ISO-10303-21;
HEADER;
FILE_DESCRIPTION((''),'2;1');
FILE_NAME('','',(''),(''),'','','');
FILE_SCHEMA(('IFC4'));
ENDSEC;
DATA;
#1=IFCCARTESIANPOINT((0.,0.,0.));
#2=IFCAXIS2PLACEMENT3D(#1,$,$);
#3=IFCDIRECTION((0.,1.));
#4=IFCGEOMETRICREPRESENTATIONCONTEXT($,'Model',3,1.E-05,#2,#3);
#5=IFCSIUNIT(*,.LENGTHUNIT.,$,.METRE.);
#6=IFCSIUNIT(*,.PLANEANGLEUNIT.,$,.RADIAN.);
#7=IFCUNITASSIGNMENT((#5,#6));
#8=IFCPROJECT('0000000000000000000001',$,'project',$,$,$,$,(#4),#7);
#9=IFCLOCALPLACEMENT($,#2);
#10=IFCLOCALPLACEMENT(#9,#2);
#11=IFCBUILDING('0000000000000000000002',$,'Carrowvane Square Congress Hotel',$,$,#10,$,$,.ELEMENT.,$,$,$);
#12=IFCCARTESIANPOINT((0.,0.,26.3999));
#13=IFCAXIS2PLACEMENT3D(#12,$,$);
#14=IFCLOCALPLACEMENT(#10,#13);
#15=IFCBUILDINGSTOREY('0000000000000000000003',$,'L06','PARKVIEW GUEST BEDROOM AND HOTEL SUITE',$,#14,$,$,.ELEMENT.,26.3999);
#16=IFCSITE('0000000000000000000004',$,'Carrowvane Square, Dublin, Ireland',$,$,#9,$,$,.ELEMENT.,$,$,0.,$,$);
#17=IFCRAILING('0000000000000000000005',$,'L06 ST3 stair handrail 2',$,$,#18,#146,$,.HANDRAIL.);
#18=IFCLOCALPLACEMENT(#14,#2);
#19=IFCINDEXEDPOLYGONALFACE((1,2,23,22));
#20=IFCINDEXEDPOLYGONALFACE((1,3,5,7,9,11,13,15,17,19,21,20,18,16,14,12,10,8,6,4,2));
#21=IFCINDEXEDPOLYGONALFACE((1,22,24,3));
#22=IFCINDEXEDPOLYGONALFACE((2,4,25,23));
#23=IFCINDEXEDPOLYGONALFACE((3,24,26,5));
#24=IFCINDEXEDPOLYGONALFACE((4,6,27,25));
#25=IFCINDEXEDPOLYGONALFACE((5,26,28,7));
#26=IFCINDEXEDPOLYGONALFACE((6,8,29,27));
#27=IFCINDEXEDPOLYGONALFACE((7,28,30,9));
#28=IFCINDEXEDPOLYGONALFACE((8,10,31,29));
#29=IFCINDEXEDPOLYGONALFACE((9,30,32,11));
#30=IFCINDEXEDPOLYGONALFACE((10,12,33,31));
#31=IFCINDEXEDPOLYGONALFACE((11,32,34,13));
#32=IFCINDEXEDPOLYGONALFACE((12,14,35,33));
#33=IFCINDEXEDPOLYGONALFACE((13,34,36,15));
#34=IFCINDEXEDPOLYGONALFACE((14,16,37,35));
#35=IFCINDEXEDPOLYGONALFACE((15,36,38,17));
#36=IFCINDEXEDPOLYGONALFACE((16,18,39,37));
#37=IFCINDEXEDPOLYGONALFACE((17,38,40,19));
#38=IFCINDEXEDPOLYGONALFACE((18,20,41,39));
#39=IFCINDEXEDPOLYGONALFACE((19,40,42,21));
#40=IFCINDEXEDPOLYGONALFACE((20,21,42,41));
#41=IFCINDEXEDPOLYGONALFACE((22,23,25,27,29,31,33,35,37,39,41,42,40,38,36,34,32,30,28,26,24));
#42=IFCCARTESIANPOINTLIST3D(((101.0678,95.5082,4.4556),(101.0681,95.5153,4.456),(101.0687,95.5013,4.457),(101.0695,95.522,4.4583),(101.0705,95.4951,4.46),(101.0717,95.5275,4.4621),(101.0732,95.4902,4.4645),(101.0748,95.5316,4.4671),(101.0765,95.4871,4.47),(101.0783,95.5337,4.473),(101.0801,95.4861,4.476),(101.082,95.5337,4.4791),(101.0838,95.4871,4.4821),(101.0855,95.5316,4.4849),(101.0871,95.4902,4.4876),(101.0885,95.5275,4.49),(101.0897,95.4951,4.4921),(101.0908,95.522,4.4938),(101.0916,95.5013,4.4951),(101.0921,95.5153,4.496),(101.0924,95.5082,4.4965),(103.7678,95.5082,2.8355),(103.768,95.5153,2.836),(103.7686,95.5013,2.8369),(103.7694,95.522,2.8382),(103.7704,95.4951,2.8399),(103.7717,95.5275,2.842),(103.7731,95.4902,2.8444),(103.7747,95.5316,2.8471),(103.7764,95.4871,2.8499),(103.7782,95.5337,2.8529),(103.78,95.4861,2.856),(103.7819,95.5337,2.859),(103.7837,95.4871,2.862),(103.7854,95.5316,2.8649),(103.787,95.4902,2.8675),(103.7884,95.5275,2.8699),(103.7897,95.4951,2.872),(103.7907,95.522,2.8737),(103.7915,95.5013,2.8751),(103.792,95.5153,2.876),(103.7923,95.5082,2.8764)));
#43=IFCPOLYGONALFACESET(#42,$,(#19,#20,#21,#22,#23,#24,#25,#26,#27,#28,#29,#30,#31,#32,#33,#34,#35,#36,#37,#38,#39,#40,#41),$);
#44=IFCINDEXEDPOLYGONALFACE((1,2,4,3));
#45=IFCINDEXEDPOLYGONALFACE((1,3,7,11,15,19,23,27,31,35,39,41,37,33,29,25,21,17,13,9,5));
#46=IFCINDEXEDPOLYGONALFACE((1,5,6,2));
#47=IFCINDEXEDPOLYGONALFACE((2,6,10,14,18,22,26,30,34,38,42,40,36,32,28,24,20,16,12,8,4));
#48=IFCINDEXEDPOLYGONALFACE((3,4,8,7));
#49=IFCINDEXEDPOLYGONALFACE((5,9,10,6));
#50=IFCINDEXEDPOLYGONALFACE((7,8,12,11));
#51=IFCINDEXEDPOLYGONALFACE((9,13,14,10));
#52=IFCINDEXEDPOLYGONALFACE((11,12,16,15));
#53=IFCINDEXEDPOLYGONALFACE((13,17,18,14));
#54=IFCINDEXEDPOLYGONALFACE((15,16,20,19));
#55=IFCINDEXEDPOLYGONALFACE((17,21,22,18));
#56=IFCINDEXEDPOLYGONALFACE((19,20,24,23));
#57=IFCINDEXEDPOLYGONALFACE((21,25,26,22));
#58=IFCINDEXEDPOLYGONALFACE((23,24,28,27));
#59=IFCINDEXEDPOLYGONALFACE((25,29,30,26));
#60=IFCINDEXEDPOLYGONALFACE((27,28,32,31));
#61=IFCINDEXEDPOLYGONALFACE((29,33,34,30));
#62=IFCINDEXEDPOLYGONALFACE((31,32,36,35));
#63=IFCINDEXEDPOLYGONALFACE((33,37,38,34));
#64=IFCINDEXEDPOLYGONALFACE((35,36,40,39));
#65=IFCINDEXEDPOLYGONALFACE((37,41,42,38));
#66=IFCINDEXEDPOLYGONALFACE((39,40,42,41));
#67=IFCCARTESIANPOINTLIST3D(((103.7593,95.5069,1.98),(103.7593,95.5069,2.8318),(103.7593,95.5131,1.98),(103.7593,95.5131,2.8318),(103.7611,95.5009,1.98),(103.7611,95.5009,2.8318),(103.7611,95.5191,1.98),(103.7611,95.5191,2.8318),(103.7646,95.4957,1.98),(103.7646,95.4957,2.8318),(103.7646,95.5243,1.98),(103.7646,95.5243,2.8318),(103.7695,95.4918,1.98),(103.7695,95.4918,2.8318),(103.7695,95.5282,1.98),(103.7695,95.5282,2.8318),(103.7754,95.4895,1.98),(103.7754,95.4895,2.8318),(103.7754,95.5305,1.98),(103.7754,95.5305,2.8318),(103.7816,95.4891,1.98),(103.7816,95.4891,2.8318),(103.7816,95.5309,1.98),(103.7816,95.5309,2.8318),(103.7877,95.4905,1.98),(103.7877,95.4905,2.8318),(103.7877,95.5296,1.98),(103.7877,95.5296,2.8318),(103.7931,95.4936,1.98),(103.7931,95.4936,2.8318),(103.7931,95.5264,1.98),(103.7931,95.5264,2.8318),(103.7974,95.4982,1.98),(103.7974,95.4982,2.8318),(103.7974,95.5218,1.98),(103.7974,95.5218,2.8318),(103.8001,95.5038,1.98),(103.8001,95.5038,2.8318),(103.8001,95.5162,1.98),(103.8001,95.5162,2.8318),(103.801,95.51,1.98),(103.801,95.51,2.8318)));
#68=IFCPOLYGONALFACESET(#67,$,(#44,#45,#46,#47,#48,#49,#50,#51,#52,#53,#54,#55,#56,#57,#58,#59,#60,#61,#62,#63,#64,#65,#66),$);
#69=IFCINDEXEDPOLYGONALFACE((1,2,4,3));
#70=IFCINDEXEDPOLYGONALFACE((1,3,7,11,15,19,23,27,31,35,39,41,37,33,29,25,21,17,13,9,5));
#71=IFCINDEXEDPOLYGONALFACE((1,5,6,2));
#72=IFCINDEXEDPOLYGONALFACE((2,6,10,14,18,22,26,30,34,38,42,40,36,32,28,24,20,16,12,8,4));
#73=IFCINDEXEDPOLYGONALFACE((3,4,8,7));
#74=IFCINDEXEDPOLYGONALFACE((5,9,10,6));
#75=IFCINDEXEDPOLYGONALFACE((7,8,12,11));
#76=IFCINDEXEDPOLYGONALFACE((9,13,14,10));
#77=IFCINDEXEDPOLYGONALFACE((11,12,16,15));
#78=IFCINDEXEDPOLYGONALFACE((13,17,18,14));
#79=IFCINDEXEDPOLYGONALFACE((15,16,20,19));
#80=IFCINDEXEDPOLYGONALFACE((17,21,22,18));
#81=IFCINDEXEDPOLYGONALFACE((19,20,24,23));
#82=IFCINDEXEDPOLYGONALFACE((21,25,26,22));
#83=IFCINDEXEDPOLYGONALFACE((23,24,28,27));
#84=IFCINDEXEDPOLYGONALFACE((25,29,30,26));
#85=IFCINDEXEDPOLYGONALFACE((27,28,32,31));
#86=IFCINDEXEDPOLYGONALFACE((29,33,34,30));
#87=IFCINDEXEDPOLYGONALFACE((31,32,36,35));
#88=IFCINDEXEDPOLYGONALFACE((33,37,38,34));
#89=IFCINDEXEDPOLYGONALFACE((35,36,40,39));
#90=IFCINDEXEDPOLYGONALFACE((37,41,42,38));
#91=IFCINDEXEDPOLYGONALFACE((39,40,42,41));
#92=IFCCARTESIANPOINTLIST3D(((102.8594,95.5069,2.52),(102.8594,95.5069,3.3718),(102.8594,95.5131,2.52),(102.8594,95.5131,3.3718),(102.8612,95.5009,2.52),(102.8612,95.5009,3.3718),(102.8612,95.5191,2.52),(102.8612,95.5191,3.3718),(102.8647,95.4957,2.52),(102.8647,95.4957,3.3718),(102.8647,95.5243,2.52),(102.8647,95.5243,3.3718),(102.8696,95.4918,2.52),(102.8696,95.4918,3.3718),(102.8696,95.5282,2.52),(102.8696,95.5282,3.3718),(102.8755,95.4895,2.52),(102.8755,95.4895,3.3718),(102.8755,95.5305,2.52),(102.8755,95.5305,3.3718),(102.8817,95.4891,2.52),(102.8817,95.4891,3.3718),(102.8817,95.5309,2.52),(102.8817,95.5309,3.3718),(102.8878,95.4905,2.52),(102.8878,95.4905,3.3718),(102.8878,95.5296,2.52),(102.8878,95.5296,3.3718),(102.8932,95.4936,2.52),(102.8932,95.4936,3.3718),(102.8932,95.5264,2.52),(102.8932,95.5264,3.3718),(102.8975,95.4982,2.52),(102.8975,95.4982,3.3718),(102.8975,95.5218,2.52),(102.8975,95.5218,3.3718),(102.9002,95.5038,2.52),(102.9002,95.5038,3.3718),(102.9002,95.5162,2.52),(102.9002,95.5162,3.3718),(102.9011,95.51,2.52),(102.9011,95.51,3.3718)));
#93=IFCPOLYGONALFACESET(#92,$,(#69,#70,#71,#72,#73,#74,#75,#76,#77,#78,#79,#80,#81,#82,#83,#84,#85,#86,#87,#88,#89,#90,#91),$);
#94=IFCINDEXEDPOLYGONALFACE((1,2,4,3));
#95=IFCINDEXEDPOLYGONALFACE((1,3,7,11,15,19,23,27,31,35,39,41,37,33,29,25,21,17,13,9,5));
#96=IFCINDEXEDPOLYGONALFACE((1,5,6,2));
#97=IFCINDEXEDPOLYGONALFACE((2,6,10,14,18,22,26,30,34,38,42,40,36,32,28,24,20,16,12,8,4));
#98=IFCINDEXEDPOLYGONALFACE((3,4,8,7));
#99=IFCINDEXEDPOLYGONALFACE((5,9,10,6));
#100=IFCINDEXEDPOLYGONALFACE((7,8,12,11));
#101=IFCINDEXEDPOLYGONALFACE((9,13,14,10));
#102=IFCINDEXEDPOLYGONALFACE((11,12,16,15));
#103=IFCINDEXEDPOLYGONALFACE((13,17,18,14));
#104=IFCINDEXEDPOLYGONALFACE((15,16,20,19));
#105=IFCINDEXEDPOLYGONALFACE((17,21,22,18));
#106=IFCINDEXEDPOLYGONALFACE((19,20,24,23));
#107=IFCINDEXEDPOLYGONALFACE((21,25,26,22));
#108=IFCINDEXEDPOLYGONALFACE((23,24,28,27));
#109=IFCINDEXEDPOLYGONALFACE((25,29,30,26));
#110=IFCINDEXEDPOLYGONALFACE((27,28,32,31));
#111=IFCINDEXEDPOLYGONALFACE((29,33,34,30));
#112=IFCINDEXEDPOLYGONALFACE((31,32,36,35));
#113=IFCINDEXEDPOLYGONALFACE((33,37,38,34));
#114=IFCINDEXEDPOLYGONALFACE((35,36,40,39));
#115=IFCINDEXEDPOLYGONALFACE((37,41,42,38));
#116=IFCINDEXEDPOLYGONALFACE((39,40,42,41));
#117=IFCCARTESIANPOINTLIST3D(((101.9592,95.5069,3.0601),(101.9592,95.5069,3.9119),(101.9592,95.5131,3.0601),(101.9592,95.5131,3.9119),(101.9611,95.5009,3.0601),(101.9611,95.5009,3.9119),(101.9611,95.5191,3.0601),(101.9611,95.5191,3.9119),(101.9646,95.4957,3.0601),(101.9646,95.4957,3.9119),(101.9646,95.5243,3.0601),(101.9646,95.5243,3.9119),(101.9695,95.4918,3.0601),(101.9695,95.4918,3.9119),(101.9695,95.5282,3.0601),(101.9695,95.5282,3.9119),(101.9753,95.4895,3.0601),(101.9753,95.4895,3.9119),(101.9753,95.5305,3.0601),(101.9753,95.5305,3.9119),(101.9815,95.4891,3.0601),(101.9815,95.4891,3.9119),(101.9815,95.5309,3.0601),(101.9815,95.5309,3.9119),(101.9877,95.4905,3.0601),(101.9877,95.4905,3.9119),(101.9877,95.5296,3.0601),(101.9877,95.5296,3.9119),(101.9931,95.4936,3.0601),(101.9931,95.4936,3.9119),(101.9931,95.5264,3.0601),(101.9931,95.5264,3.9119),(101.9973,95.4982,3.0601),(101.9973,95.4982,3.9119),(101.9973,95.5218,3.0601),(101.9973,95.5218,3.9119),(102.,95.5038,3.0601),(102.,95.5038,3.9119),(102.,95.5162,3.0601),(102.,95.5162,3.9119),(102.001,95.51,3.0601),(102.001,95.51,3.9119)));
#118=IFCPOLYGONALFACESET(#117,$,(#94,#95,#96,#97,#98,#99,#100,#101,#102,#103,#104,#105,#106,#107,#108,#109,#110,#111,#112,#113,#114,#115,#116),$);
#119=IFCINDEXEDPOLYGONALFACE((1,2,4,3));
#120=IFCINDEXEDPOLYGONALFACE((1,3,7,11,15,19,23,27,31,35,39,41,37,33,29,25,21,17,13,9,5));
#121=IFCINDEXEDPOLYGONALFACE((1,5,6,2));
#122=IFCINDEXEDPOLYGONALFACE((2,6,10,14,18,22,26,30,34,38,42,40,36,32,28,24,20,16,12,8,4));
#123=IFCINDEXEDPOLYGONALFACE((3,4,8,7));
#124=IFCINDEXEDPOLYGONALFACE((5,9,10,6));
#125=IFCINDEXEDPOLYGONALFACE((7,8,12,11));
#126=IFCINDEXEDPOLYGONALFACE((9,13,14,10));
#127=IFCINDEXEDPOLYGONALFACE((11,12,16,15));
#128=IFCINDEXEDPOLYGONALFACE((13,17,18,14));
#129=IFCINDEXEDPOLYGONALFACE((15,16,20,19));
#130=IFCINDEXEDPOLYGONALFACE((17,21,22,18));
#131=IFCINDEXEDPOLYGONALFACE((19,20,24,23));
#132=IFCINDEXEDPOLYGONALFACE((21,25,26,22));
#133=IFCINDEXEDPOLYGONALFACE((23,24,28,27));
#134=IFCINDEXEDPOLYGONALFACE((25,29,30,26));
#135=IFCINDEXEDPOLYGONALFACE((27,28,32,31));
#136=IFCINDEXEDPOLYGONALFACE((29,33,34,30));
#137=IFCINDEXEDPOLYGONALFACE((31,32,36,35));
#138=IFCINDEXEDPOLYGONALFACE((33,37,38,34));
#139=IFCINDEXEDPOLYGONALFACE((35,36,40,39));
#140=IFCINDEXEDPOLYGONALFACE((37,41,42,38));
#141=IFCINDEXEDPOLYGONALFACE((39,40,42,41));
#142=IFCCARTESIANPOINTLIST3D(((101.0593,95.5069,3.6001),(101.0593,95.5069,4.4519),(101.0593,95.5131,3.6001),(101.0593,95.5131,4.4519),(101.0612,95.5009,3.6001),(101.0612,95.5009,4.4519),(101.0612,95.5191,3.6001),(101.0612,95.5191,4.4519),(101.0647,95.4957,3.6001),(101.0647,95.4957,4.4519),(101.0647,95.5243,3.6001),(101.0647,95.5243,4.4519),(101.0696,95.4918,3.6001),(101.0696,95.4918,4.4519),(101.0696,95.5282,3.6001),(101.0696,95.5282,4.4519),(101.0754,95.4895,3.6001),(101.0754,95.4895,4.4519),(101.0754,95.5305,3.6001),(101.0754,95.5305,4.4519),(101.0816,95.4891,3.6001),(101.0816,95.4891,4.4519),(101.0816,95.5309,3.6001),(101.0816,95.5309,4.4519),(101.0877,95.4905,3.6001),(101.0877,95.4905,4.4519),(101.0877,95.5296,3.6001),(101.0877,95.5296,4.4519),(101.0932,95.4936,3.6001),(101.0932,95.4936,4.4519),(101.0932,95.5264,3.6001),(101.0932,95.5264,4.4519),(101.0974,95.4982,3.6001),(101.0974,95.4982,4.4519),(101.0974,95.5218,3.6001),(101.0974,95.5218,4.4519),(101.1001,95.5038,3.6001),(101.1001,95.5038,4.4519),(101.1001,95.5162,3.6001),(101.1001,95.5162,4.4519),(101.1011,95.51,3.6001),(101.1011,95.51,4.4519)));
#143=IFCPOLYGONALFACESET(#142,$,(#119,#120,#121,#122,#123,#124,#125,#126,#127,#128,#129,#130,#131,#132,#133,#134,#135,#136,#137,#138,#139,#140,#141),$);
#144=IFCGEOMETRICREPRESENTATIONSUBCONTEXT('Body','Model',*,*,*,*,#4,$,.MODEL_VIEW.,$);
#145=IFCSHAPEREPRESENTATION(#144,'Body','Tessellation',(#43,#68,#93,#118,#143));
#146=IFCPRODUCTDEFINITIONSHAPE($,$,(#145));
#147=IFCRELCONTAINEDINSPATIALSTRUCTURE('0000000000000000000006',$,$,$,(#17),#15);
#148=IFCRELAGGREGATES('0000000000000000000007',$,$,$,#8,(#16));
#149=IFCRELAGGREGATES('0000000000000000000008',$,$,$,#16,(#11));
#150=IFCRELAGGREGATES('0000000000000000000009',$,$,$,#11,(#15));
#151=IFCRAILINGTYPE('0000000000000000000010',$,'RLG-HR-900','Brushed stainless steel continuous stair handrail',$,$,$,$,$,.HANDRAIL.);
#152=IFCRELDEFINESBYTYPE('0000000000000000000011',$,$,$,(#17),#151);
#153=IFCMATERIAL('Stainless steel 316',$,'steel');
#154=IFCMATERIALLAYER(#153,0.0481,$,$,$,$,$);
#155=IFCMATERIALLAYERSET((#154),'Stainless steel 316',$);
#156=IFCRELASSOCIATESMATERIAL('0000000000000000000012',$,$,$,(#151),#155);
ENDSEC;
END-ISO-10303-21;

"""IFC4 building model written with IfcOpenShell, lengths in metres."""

from ifc_helpers import new_model, si_unit, direction, frame, origin, origin_2d, place, context, subcontext, project, spatial, circle, extrude, material, layer, layer_set, type_object, element, save


model = new_model("IFC4")

# Units and contexts
model_context = context("Model", 3, precision=1e-05, world=origin(), true_north=direction((0.0, 1.0)))
body_context = subcontext(model_context, "Body", "Model", "MODEL_VIEW")
ifc_project = project(units=[si_unit("LENGTHUNIT", "METRE"), si_unit("PLANEANGLEUNIT", "RADIAN")], contexts=[model_context])

# Site, building, storey
site_placement = place(None, origin())
site = spatial("IfcSite", under=ifc_project, at=site_placement, Name="Carrowvane Square, Dublin, Ireland", CompositionType="ELEMENT", RefElevation=0.0)
building_placement = place(site_placement, origin())
building = spatial("IfcBuilding", under=site, at=building_placement, Name="Carrowvane Square Congress Hotel", CompositionType="ELEMENT")
storey_placement = place(building_placement, frame((0.0, 0.0, 26.3999)))
storey = spatial("IfcBuildingStorey", under=building, at=storey_placement, Name="L06", Description="PARKVIEW GUEST BEDROOM AND HOTEL SUITE", CompositionType="ELEMENT", Elevation=26.3999)

# Railing
ifc_material_1 = material(Name="Stainless steel 316", Category="steel")
ifc_layer_1 = layer(ifc_material_1, 0.0481)
ifc_layer_set_1 = layer_set([ifc_layer_1], Name="Stainless steel 316")
railing_type_1 = type_object("IfcRailingType", Name="RLG-HR-900", Description="Brushed stainless steel continuous stair handrail", PredefinedType="HANDRAIL", material=ifc_layer_set_1)
railing_1_placement = place(storey_placement, frame((103.78, 95.51, 1.98)))
element("IfcRailing", 1, at=railing_1_placement, inside=storey, type_object=railing_type_1, Name="L06 ST3 stair handrail 2", PredefinedType="HANDRAIL", context=body_context, shape_type="SweptSolid", body=[
    extrude(circle(Radius=0.0239, at=origin_2d()), frame((0.0, 0.0, 0.876), z_axis=(-0.857472, 0.0, 0.51453), x_axis=(0.0, -1.0, 0.0)), (0.0, 0.0, 1.0), 3.1487),
    extrude(circle(Radius=0.021, at=origin_2d()), origin(), (0.0, 0.0, 1.0), 0.8518),
    extrude(circle(Radius=0.021, at=origin_2d()), frame((-0.8999, 0.0, 0.54)), (0.0, 0.0, 1.0), 0.8518),
    extrude(circle(Radius=0.021, at=origin_2d()), frame((-1.8, 0.0, 1.0801)), (0.0, 0.0, 1.0), 0.8518),
    extrude(circle(Radius=0.021, at=origin_2d()), frame((-2.7, 0.0, 1.6201)), (0.0, 0.0, 1.0), 0.8518),
])

save(model, "model.ifc")
